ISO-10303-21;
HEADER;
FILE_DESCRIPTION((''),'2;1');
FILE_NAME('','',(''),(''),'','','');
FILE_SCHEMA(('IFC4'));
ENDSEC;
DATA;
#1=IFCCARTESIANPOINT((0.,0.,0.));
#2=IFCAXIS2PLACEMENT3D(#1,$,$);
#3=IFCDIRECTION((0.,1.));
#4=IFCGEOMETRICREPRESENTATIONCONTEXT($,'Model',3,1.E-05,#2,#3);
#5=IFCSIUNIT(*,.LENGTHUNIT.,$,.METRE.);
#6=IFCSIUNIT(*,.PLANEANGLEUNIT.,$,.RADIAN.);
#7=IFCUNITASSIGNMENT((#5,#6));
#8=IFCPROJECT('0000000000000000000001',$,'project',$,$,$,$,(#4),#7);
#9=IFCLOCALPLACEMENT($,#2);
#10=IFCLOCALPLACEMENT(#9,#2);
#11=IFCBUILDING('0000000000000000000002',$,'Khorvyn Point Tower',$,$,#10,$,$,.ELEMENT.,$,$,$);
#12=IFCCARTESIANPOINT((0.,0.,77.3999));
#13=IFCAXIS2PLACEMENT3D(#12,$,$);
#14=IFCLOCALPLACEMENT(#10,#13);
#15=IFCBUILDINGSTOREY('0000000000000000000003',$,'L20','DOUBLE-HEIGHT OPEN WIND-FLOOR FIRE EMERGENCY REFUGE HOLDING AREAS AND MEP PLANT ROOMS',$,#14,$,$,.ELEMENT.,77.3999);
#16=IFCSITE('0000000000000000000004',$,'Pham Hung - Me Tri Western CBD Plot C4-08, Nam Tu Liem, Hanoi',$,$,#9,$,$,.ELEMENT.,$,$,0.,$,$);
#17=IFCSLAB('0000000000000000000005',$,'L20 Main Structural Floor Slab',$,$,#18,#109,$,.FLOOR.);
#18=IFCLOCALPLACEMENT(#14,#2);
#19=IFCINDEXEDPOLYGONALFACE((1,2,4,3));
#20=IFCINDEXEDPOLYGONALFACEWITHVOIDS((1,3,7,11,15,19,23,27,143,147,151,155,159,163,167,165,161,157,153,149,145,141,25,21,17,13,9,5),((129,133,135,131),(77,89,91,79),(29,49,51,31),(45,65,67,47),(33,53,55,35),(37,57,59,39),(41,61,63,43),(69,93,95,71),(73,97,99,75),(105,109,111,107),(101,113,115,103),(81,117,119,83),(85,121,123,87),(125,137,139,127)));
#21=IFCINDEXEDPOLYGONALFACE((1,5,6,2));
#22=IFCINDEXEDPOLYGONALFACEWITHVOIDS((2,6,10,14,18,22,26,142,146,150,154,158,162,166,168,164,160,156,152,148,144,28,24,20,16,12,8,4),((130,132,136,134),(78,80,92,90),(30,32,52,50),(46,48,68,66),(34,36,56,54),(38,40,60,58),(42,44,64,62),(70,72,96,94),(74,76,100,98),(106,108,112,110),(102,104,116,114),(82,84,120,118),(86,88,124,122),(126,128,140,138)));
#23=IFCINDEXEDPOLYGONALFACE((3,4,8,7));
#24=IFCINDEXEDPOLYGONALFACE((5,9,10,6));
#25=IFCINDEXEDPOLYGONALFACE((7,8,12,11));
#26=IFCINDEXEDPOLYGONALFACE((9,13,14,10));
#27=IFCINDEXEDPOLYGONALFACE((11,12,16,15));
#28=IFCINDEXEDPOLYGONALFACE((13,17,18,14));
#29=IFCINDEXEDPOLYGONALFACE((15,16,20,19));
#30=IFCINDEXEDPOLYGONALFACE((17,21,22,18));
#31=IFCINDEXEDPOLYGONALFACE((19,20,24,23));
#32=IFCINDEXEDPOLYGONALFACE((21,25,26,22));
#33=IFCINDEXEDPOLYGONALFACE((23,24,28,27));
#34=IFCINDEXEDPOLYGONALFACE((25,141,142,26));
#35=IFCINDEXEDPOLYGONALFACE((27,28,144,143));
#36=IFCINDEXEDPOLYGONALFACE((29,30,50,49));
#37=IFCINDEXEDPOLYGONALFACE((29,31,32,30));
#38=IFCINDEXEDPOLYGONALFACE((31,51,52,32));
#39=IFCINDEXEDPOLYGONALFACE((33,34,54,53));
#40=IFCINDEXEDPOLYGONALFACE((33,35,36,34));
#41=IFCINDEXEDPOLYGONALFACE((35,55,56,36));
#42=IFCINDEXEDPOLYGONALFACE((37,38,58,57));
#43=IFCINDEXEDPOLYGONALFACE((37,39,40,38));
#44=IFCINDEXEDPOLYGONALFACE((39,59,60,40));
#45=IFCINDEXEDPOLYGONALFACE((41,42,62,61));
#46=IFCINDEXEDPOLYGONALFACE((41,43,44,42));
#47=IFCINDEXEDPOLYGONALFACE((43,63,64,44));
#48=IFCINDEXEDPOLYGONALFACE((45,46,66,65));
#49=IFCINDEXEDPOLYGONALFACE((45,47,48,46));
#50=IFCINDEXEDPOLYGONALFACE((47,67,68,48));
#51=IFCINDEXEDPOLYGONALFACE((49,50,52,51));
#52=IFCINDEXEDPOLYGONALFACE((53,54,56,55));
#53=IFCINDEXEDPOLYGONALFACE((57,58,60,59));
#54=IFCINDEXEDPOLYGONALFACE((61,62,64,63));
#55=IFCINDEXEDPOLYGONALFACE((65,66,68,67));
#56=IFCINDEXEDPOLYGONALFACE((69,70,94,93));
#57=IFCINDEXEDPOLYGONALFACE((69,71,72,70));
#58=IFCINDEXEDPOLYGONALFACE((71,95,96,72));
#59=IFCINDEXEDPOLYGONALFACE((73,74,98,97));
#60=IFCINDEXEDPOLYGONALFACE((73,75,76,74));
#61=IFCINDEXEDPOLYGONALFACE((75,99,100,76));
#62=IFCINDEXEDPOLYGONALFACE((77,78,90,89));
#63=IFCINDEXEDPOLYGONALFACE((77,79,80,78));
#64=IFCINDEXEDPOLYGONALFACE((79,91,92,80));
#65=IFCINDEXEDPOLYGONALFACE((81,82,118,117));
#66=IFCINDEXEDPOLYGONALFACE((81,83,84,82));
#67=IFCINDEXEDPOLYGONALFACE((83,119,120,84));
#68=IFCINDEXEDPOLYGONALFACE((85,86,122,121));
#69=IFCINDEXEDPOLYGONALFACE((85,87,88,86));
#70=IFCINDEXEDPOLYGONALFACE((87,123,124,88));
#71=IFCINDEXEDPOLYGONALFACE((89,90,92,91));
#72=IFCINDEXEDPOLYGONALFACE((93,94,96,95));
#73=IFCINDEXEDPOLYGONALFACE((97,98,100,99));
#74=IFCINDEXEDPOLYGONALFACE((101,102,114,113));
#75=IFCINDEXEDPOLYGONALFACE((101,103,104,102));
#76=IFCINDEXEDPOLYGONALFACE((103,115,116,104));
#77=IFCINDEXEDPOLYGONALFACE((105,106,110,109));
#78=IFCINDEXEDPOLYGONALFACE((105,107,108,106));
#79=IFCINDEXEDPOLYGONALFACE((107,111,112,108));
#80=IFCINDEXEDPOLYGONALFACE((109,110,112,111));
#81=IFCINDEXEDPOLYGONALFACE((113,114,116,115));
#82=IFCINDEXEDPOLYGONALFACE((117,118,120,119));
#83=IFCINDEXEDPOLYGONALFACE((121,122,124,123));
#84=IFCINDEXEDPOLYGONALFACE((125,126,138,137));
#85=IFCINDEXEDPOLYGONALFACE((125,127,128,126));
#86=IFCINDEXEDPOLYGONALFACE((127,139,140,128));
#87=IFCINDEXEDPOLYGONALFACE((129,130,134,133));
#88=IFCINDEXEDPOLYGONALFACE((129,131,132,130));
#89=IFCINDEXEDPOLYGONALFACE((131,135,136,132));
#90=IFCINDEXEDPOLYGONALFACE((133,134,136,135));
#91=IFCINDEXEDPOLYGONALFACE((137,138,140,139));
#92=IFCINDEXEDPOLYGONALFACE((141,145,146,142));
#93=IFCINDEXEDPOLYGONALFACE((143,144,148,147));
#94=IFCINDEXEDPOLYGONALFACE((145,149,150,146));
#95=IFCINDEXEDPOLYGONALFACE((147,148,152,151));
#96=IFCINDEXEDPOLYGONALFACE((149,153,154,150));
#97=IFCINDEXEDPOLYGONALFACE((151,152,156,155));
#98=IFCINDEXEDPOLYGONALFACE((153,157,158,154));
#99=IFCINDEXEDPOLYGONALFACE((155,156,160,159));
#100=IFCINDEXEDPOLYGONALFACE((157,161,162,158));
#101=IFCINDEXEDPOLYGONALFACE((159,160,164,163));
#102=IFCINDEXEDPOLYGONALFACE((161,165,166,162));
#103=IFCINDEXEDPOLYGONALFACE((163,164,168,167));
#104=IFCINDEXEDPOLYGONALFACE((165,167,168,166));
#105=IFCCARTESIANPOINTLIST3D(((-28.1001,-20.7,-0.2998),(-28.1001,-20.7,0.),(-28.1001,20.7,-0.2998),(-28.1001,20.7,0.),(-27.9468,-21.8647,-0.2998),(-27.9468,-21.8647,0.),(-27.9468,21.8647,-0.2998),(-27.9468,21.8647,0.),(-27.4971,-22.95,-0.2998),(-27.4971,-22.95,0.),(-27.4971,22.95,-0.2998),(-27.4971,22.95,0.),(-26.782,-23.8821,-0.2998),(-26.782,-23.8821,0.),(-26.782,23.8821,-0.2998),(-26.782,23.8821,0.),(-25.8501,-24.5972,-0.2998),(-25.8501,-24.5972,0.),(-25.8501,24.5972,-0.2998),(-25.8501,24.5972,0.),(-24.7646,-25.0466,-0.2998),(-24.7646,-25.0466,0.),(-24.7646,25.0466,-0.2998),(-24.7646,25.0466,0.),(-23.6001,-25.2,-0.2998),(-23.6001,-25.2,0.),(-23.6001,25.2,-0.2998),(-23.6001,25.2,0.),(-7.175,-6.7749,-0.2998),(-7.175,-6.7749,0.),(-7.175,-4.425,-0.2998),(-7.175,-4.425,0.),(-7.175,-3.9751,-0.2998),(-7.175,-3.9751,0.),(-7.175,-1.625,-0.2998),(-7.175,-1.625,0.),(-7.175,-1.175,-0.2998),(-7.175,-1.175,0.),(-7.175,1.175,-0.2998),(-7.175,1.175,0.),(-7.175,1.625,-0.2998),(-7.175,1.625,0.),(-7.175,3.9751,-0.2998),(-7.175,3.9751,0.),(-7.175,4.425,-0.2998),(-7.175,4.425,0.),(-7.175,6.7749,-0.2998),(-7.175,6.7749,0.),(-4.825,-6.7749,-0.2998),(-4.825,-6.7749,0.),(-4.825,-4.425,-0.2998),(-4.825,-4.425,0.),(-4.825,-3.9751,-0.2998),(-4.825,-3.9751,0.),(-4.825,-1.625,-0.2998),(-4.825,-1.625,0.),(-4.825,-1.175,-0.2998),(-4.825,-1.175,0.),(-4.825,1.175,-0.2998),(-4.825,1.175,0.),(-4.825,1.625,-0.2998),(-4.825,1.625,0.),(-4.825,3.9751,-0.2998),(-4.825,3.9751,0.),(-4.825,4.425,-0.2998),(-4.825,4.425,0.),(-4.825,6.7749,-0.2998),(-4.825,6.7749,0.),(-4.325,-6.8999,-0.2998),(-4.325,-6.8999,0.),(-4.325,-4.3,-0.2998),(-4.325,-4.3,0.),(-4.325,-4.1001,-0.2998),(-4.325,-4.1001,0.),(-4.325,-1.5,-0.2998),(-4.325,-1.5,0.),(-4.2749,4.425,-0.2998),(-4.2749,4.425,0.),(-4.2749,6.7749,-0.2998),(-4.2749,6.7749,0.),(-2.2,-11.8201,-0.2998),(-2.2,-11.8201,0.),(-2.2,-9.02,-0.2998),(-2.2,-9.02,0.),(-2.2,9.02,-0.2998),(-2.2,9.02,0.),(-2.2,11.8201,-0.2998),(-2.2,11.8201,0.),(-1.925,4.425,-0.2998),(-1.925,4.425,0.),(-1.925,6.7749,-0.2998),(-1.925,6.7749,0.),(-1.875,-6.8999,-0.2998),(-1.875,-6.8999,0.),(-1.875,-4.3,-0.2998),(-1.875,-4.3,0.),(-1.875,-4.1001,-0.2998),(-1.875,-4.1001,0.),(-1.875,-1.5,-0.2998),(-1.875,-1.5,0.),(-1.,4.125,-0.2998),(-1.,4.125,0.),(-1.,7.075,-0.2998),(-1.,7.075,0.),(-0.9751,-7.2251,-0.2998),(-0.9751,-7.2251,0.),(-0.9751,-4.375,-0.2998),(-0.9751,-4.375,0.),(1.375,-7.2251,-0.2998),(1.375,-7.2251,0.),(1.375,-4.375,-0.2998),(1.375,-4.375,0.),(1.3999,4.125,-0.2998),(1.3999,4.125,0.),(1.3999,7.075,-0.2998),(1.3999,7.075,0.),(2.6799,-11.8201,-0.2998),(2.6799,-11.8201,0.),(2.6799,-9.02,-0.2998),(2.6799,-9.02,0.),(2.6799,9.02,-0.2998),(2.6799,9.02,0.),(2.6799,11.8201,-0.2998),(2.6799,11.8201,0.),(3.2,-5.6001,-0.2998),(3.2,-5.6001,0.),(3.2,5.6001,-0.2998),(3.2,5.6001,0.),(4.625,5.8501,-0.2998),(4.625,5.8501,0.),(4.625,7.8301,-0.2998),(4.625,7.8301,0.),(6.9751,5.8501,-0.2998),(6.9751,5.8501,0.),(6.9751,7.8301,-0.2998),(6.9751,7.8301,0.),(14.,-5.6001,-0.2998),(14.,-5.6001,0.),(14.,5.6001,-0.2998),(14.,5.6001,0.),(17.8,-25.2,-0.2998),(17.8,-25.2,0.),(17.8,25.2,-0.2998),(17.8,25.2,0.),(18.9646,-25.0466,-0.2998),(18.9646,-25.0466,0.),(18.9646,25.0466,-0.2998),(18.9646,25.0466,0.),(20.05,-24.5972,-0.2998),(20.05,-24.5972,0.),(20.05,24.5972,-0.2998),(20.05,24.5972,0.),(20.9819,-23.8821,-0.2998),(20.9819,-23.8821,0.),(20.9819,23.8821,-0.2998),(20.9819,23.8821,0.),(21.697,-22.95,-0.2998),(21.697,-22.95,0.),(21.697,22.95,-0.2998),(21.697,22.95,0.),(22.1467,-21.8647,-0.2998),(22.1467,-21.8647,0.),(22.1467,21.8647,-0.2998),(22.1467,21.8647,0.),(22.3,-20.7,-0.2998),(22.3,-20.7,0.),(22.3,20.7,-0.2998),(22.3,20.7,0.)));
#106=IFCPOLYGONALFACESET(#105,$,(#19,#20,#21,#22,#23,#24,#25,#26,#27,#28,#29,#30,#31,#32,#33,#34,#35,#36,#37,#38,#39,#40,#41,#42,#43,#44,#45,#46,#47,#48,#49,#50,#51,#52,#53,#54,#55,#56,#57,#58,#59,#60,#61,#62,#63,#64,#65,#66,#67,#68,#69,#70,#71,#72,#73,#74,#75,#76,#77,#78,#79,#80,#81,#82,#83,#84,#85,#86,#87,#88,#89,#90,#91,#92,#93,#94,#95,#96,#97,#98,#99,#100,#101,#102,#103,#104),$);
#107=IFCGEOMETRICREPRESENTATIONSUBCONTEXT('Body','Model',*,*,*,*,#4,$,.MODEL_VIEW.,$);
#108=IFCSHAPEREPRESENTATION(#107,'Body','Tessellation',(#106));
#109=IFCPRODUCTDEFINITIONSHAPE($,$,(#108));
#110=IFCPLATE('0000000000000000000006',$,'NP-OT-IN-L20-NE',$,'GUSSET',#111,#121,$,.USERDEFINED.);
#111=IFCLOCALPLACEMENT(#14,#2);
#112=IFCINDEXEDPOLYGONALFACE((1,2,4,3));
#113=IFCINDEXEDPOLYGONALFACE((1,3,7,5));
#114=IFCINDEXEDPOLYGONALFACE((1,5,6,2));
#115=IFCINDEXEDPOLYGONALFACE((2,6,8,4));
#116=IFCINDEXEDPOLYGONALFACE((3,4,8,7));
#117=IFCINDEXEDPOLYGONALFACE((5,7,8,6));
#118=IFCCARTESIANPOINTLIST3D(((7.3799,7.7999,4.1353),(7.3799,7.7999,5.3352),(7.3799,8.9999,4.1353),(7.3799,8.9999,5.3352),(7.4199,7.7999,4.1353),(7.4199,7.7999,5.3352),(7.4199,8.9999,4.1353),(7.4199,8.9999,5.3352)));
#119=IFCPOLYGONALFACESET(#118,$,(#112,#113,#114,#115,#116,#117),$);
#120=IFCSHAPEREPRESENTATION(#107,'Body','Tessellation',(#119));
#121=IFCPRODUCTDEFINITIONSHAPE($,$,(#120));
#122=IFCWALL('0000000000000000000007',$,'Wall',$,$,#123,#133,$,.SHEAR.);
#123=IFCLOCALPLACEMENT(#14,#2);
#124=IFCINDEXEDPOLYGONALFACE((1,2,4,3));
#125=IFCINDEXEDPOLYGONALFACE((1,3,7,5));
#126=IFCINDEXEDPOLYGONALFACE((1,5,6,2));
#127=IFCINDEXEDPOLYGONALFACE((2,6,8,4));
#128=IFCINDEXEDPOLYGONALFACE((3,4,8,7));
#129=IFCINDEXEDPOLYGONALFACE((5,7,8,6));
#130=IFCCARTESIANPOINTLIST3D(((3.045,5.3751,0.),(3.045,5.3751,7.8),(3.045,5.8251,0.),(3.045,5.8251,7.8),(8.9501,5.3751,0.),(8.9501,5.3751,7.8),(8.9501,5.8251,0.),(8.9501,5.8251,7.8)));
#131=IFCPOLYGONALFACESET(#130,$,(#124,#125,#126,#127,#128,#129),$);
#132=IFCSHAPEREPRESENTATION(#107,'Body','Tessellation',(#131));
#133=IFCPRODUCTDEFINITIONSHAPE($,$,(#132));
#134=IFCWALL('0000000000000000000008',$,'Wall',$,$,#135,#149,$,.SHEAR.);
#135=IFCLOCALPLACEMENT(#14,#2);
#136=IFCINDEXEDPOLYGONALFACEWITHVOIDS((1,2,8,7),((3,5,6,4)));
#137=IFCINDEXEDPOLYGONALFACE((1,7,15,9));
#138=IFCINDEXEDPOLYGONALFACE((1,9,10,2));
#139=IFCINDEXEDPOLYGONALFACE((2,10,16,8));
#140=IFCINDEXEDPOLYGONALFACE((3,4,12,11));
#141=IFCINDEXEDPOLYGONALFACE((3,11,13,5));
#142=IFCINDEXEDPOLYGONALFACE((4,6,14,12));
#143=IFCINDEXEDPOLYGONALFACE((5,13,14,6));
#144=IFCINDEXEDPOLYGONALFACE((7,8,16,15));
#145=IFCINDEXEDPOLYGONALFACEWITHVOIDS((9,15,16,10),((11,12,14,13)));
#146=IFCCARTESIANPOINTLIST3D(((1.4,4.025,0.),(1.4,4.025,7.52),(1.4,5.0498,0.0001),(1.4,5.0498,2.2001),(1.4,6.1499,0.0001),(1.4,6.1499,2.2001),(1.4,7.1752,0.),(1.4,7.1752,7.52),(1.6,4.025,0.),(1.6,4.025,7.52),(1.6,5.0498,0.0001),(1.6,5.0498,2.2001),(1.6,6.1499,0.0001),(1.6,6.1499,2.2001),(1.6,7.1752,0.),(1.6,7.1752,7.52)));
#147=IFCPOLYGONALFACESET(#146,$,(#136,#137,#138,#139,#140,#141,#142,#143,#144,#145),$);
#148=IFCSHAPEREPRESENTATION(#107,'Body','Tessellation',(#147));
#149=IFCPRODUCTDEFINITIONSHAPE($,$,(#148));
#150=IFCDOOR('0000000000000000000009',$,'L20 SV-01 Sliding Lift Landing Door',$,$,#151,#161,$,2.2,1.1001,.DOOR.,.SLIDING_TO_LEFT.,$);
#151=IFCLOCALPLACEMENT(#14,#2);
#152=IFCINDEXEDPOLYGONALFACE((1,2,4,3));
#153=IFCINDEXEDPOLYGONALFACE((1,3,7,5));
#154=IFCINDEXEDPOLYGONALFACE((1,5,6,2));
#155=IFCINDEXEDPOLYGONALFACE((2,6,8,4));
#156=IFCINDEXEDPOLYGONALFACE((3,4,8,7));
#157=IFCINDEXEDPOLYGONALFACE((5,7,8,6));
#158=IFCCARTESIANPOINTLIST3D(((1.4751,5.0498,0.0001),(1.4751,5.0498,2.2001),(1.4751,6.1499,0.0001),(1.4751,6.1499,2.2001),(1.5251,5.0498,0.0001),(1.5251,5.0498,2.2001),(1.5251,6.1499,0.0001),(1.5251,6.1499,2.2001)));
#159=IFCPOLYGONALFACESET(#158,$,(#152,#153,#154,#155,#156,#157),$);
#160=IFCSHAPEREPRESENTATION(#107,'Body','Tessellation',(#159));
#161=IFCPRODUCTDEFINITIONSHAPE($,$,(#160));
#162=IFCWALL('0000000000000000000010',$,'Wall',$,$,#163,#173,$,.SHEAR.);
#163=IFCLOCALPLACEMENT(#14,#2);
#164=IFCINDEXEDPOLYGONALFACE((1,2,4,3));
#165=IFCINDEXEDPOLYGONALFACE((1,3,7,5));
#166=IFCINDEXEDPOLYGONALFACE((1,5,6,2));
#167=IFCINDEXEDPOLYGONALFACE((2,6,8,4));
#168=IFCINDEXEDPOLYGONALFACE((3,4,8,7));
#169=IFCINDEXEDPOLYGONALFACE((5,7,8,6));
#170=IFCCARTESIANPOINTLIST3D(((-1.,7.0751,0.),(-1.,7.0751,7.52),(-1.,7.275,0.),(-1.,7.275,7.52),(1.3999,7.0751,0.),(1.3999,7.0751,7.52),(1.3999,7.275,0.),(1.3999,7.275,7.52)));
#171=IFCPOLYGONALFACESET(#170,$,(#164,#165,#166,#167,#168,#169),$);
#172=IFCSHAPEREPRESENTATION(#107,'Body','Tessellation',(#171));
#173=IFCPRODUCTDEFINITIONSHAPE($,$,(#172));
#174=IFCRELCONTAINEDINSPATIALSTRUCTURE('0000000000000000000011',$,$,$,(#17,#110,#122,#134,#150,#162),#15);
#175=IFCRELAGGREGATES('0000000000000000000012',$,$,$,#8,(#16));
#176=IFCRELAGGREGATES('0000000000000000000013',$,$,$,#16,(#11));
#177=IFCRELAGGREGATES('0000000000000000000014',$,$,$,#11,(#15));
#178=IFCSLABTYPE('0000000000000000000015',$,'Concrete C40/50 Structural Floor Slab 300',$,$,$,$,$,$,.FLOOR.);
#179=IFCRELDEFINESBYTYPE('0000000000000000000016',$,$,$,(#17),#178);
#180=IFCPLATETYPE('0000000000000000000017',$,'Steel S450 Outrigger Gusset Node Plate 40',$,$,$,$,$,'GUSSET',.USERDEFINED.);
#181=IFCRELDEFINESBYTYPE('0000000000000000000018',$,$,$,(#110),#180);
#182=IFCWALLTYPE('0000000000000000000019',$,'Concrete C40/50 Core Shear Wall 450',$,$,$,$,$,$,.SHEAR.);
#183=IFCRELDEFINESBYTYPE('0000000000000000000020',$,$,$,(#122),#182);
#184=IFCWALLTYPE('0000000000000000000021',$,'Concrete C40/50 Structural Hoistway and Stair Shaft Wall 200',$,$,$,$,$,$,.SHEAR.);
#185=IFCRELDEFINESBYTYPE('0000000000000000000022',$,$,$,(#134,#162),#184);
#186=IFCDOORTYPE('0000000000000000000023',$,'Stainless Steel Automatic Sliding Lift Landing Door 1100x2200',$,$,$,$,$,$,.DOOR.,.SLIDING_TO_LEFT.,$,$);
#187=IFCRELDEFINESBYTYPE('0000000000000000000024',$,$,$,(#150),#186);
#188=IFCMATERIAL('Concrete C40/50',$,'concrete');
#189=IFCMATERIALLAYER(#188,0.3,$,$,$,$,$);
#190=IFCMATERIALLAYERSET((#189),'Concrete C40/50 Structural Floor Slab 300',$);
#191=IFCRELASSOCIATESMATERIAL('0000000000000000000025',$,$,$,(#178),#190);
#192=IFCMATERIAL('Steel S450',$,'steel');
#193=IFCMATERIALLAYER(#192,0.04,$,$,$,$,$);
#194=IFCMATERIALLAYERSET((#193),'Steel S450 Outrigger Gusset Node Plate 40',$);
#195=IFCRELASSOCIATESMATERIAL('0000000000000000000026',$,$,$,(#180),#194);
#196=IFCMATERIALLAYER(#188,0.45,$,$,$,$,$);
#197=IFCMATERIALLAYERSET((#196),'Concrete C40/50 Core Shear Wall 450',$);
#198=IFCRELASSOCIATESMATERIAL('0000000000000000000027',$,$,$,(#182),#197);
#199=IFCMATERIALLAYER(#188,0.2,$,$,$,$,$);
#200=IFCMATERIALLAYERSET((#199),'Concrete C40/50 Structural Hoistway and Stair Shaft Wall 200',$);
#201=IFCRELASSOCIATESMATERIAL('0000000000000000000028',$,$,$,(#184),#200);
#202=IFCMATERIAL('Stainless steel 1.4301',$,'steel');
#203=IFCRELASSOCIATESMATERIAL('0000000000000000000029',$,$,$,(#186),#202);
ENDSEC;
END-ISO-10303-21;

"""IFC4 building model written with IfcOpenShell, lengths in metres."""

from ifc_helpers import new_model, si_unit, direction, frame, frame_2d, origin, origin_2d, place, context, subcontext, project, spatial, polyline, rectangle, outline, extrude, material, layer, layer_set, type_object, element, fill, save


model = new_model("IFC4")

# Units and contexts
model_context = context("Model", 3, precision=1e-05, world=origin(), true_north=direction((0.0, 1.0)))
body_context = subcontext(model_context, "Body", "Model", "MODEL_VIEW")
ifc_project = project(units=[si_unit("LENGTHUNIT", "METRE"), si_unit("PLANEANGLEUNIT", "RADIAN")], contexts=[model_context])

# Site, building, storey
site_placement = place(None, origin())
site = spatial("IfcSite", under=ifc_project, at=site_placement, Name="Pham Hung - Me Tri Western CBD Plot C4-08, Nam Tu Liem, Hanoi", CompositionType="ELEMENT", RefElevation=0.0)
building_placement = place(site_placement, origin())
building = spatial("IfcBuilding", under=site, at=building_placement, Name="Khorvyn Point Tower", CompositionType="ELEMENT")
storey_placement = place(building_placement, frame((0.0, 0.0, 77.3999)))
storey = spatial("IfcBuildingStorey", under=building, at=storey_placement, Name="L20", Description="DOUBLE-HEIGHT OPEN WIND-FLOOR FIRE EMERGENCY REFUGE HOLDING AREAS AND MEP PLANT ROOMS", CompositionType="ELEMENT", Elevation=77.3999)

# Shared definitions
ifc_material_1 = material(Name="Concrete C40/50", Category="concrete")

# Shared definitions
ifc_material_2 = material(Name="Steel S450", Category="steel")

# Slab
ifc_layer_1 = layer(ifc_material_1, 0.3)
ifc_layer_set_1 = layer_set([ifc_layer_1], Name="Concrete C40/50 Structural Floor Slab 300")
slab_type_1 = type_object("IfcSlabType", Name="Concrete C40/50 Structural Floor Slab 300", PredefinedType="FLOOR", material=ifc_layer_set_1)
slab_1_placement = place(storey_placement, frame((0.0, 0.0, -0.2998)))
element("IfcSlab", 1, at=slab_1_placement, inside=storey, type_object=slab_type_1, Name="L20 Main Structural Floor Slab", PredefinedType="FLOOR", context=body_context, shape_type="SweptSolid", body=[
    extrude(outline(polyline([(-23.6001, -25.2), (-24.7646, -25.0466), (-25.8501, -24.5972), (-26.782, -23.8821), (-27.4971, -22.95), (-27.9468, -21.8647), (-28.1001, -20.7), (-28.1001, 20.7), (-27.9468, 21.8647), (-27.4971, 22.95), (-26.782, 23.8821), (-25.8501, 24.5972), (-24.7646, 25.0466), (-23.6001, 25.2), (17.8, 25.2), (18.9646, 25.0466), (20.05, 24.5972), (20.9819, 23.8821), (21.697, 22.95), (22.1467, 21.8647), (22.3, 20.7), (22.3, -20.7), (22.1467, -21.8647), (21.697, -22.95), (20.9819, -23.8821), (20.05, -24.5972), (18.9646, -25.0466), (17.8, -25.2), (-23.6001, -25.2)]), holes=[polyline([(-4.825, -6.7749), (-4.825, -4.425), (-7.175, -4.425), (-7.175, -6.7749), (-4.825, -6.7749)]), polyline([(-4.325, -6.8999), (-1.875, -6.8999), (-1.875, -4.3), (-4.325, -4.3), (-4.325, -6.8999)]), polyline([(-7.175, -3.9751), (-4.825, -3.9751), (-4.825, -1.625), (-7.175, -1.625), (-7.175, -3.9751)]), polyline([(-7.175, -1.175), (-4.825, -1.175), (-4.825, 1.175), (-7.175, 1.175), (-7.175, -1.175)]), polyline([(-7.175, 1.625), (-4.825, 1.625), (-4.825, 3.9751), (-7.175, 3.9751), (-7.175, 1.625)]), polyline([(-7.175, 4.425), (-4.825, 4.425), (-4.825, 6.7749), (-7.175, 6.7749), (-7.175, 4.425)]), polyline([(-4.2749, 4.425), (-1.925, 4.425), (-1.925, 6.7749), (-4.2749, 6.7749), (-4.2749, 4.425)]), polyline([(2.6799, -11.8201), (2.6799, -9.02), (-2.2, -9.02), (-2.2, -11.8201), (2.6799, -11.8201)]), polyline([(-0.9751, -7.2251), (1.375, -7.2251), (1.375, -4.375), (-0.9751, -4.375), (-0.9751, -7.2251)]), polyline([(-4.325, -4.1001), (-1.875, -4.1001), (-1.875, -1.5), (-4.325, -1.5), (-4.325, -4.1001)]), polyline([(3.2, -5.6001), (14.0, -5.6001), (14.0, 5.6001), (3.2, 5.6001), (3.2, -5.6001)]), polyline([(-1.0, 4.125), (1.3999, 4.125), (1.3999, 7.075), (-1.0, 7.075), (-1.0, 4.125)]), polyline([(4.625, 5.8501), (6.9751, 5.8501), (6.9751, 7.8301), (4.625, 7.8301), (4.625, 5.8501)]), polyline([(-2.2, 9.02), (2.6799, 9.02), (2.6799, 11.8201), (-2.2, 11.8201), (-2.2, 9.02)])]), origin(), (0.0, 0.0, 1.0), 0.2998),
])

# Plate
ifc_layer_2 = layer(ifc_material_2, 0.04)
ifc_layer_set_2 = layer_set([ifc_layer_2], Name="Steel S450 Outrigger Gusset Node Plate 40")
plate_type = type_object("IfcPlateType", Name="Steel S450 Outrigger Gusset Node Plate 40", ElementType="GUSSET", PredefinedType="USERDEFINED", material=ifc_layer_set_2)
plate_placement = place(storey_placement, frame((7.3999, 8.3999, 4.1353), z_axis=(0.0, 0.0, 1.0), x_axis=(1.0, 0.0, 0.0)))
element("IfcPlate", 2, at=plate_placement, inside=storey, type_object=plate_type, Name="NP-OT-IN-L20-NE", ObjectType="GUSSET", PredefinedType="USERDEFINED", context=body_context, shape_type="SweptSolid", body=[
    extrude(rectangle(XDim=0.04, YDim=1.2, at=origin_2d()), origin(), (0.0, 0.0, 1.0), 1.2),
])

# Wall
ifc_layer_3 = layer(ifc_material_1, 0.45)
ifc_layer_set_3 = layer_set([ifc_layer_3], Name="Concrete C40/50 Core Shear Wall 450")
wall_type_1 = type_object("IfcWallType", Name="Concrete C40/50 Core Shear Wall 450", PredefinedType="SHEAR", material=ifc_layer_set_3)
wall_1_placement = place(storey_placement, frame((3.0449, 5.6001, 0.0), z_axis=(0.0, 0.0, 1.0), x_axis=(1.0, 0.0, 0.0)))
element("IfcWall", 3, at=wall_1_placement, inside=storey, type_object=wall_type_1, Name="Wall", PredefinedType="SHEAR", context=body_context, shape_type="SweptSolid", body=[
    extrude(rectangle(XDim=5.905, YDim=0.45, at=frame_2d((2.9526, 0.0))), origin(), (0.0, 0.0, 1.0), 7.8),
])

# Wall, opening, door
ifc_layer_4 = layer(ifc_material_1, 0.2)
ifc_layer_set_4 = layer_set([ifc_layer_4], Name="Concrete C40/50 Structural Hoistway and Stair Shaft Wall 200")
wall_type_2 = type_object("IfcWallType", Name="Concrete C40/50 Structural Hoistway and Stair Shaft Wall 200", PredefinedType="SHEAR", material=ifc_layer_set_4)
wall_2_placement = place(storey_placement, frame((1.5, 4.0249, 0.0), z_axis=(0.0, 0.0, 1.0), x_axis=(0.0, 1.0, 0.0)))
wall_2 = element("IfcWall", 4, at=wall_2_placement, inside=storey, type_object=wall_type_2, Name="Wall", PredefinedType="SHEAR", context=body_context, shape_type="SweptSolid", body=[
    extrude(rectangle(XDim=3.1501, YDim=0.2, at=frame_2d((1.5752, 0.0))), origin(), (0.0, 0.0, 1.0), 7.52),
])
opening_1_placement = place(wall_2_placement, frame((1.0249, 0.0, 0.0)))
opening_1 = element("IfcOpeningElement", 5, at=opening_1_placement, cuts=wall_2, PredefinedType="OPENING", context=body_context, shape_type="SweptSolid", body=[
    extrude(rectangle(XDim=1.1001, YDim=2.2, at=frame_2d((0.55, 1.1001))), frame((0.0, 0.1099, 0.0), z_axis=(0.0, -1.0, 0.0), x_axis=(1.0, 0.0, 0.0)), (0.0, 0.0, 1.0), 0.22),
])
ifc_material_3 = material(Name="Stainless steel 1.4301", Category="steel")
door_type = type_object("IfcDoorType", Name="Stainless Steel Automatic Sliding Lift Landing Door 1100x2200", OperationType="SLIDING_TO_LEFT", PredefinedType="DOOR", material=ifc_material_3)
door_1_placement = place(opening_1_placement, origin())
door_1 = element("IfcDoor", 6, at=door_1_placement, inside=storey, type_object=door_type, Name="L20 SV-01 Sliding Lift Landing Door", OperationType="SLIDING_TO_LEFT", OverallHeight=2.2, OverallWidth=1.1001, PredefinedType="DOOR", context=body_context, shape_type="SweptSolid", body=[
    extrude(rectangle(XDim=1.1001, YDim=2.2, at=frame_2d((0.55, 1.1001))), frame((0.0, 0.0249, 0.0), z_axis=(0.0, -1.0, 0.0), x_axis=(1.0, 0.0, 0.0)), (0.0, 0.0, 1.0), 0.05),
])
fill(opening_1, door_1)

# Wall
wall_3_placement = place(storey_placement, frame((-1.0, 7.175, 0.0), z_axis=(0.0, 0.0, 1.0), x_axis=(1.0, 0.0, 0.0)))
element("IfcWall", 7, at=wall_3_placement, inside=storey, type_object=wall_type_2, Name="Wall", PredefinedType="SHEAR", context=body_context, shape_type="SweptSolid", body=[
    extrude(rectangle(XDim=2.3999, YDim=0.2, at=frame_2d((1.2, 0.0))), origin(), (0.0, 0.0, 1.0), 7.52),
])

save(model, "model.ifc")
